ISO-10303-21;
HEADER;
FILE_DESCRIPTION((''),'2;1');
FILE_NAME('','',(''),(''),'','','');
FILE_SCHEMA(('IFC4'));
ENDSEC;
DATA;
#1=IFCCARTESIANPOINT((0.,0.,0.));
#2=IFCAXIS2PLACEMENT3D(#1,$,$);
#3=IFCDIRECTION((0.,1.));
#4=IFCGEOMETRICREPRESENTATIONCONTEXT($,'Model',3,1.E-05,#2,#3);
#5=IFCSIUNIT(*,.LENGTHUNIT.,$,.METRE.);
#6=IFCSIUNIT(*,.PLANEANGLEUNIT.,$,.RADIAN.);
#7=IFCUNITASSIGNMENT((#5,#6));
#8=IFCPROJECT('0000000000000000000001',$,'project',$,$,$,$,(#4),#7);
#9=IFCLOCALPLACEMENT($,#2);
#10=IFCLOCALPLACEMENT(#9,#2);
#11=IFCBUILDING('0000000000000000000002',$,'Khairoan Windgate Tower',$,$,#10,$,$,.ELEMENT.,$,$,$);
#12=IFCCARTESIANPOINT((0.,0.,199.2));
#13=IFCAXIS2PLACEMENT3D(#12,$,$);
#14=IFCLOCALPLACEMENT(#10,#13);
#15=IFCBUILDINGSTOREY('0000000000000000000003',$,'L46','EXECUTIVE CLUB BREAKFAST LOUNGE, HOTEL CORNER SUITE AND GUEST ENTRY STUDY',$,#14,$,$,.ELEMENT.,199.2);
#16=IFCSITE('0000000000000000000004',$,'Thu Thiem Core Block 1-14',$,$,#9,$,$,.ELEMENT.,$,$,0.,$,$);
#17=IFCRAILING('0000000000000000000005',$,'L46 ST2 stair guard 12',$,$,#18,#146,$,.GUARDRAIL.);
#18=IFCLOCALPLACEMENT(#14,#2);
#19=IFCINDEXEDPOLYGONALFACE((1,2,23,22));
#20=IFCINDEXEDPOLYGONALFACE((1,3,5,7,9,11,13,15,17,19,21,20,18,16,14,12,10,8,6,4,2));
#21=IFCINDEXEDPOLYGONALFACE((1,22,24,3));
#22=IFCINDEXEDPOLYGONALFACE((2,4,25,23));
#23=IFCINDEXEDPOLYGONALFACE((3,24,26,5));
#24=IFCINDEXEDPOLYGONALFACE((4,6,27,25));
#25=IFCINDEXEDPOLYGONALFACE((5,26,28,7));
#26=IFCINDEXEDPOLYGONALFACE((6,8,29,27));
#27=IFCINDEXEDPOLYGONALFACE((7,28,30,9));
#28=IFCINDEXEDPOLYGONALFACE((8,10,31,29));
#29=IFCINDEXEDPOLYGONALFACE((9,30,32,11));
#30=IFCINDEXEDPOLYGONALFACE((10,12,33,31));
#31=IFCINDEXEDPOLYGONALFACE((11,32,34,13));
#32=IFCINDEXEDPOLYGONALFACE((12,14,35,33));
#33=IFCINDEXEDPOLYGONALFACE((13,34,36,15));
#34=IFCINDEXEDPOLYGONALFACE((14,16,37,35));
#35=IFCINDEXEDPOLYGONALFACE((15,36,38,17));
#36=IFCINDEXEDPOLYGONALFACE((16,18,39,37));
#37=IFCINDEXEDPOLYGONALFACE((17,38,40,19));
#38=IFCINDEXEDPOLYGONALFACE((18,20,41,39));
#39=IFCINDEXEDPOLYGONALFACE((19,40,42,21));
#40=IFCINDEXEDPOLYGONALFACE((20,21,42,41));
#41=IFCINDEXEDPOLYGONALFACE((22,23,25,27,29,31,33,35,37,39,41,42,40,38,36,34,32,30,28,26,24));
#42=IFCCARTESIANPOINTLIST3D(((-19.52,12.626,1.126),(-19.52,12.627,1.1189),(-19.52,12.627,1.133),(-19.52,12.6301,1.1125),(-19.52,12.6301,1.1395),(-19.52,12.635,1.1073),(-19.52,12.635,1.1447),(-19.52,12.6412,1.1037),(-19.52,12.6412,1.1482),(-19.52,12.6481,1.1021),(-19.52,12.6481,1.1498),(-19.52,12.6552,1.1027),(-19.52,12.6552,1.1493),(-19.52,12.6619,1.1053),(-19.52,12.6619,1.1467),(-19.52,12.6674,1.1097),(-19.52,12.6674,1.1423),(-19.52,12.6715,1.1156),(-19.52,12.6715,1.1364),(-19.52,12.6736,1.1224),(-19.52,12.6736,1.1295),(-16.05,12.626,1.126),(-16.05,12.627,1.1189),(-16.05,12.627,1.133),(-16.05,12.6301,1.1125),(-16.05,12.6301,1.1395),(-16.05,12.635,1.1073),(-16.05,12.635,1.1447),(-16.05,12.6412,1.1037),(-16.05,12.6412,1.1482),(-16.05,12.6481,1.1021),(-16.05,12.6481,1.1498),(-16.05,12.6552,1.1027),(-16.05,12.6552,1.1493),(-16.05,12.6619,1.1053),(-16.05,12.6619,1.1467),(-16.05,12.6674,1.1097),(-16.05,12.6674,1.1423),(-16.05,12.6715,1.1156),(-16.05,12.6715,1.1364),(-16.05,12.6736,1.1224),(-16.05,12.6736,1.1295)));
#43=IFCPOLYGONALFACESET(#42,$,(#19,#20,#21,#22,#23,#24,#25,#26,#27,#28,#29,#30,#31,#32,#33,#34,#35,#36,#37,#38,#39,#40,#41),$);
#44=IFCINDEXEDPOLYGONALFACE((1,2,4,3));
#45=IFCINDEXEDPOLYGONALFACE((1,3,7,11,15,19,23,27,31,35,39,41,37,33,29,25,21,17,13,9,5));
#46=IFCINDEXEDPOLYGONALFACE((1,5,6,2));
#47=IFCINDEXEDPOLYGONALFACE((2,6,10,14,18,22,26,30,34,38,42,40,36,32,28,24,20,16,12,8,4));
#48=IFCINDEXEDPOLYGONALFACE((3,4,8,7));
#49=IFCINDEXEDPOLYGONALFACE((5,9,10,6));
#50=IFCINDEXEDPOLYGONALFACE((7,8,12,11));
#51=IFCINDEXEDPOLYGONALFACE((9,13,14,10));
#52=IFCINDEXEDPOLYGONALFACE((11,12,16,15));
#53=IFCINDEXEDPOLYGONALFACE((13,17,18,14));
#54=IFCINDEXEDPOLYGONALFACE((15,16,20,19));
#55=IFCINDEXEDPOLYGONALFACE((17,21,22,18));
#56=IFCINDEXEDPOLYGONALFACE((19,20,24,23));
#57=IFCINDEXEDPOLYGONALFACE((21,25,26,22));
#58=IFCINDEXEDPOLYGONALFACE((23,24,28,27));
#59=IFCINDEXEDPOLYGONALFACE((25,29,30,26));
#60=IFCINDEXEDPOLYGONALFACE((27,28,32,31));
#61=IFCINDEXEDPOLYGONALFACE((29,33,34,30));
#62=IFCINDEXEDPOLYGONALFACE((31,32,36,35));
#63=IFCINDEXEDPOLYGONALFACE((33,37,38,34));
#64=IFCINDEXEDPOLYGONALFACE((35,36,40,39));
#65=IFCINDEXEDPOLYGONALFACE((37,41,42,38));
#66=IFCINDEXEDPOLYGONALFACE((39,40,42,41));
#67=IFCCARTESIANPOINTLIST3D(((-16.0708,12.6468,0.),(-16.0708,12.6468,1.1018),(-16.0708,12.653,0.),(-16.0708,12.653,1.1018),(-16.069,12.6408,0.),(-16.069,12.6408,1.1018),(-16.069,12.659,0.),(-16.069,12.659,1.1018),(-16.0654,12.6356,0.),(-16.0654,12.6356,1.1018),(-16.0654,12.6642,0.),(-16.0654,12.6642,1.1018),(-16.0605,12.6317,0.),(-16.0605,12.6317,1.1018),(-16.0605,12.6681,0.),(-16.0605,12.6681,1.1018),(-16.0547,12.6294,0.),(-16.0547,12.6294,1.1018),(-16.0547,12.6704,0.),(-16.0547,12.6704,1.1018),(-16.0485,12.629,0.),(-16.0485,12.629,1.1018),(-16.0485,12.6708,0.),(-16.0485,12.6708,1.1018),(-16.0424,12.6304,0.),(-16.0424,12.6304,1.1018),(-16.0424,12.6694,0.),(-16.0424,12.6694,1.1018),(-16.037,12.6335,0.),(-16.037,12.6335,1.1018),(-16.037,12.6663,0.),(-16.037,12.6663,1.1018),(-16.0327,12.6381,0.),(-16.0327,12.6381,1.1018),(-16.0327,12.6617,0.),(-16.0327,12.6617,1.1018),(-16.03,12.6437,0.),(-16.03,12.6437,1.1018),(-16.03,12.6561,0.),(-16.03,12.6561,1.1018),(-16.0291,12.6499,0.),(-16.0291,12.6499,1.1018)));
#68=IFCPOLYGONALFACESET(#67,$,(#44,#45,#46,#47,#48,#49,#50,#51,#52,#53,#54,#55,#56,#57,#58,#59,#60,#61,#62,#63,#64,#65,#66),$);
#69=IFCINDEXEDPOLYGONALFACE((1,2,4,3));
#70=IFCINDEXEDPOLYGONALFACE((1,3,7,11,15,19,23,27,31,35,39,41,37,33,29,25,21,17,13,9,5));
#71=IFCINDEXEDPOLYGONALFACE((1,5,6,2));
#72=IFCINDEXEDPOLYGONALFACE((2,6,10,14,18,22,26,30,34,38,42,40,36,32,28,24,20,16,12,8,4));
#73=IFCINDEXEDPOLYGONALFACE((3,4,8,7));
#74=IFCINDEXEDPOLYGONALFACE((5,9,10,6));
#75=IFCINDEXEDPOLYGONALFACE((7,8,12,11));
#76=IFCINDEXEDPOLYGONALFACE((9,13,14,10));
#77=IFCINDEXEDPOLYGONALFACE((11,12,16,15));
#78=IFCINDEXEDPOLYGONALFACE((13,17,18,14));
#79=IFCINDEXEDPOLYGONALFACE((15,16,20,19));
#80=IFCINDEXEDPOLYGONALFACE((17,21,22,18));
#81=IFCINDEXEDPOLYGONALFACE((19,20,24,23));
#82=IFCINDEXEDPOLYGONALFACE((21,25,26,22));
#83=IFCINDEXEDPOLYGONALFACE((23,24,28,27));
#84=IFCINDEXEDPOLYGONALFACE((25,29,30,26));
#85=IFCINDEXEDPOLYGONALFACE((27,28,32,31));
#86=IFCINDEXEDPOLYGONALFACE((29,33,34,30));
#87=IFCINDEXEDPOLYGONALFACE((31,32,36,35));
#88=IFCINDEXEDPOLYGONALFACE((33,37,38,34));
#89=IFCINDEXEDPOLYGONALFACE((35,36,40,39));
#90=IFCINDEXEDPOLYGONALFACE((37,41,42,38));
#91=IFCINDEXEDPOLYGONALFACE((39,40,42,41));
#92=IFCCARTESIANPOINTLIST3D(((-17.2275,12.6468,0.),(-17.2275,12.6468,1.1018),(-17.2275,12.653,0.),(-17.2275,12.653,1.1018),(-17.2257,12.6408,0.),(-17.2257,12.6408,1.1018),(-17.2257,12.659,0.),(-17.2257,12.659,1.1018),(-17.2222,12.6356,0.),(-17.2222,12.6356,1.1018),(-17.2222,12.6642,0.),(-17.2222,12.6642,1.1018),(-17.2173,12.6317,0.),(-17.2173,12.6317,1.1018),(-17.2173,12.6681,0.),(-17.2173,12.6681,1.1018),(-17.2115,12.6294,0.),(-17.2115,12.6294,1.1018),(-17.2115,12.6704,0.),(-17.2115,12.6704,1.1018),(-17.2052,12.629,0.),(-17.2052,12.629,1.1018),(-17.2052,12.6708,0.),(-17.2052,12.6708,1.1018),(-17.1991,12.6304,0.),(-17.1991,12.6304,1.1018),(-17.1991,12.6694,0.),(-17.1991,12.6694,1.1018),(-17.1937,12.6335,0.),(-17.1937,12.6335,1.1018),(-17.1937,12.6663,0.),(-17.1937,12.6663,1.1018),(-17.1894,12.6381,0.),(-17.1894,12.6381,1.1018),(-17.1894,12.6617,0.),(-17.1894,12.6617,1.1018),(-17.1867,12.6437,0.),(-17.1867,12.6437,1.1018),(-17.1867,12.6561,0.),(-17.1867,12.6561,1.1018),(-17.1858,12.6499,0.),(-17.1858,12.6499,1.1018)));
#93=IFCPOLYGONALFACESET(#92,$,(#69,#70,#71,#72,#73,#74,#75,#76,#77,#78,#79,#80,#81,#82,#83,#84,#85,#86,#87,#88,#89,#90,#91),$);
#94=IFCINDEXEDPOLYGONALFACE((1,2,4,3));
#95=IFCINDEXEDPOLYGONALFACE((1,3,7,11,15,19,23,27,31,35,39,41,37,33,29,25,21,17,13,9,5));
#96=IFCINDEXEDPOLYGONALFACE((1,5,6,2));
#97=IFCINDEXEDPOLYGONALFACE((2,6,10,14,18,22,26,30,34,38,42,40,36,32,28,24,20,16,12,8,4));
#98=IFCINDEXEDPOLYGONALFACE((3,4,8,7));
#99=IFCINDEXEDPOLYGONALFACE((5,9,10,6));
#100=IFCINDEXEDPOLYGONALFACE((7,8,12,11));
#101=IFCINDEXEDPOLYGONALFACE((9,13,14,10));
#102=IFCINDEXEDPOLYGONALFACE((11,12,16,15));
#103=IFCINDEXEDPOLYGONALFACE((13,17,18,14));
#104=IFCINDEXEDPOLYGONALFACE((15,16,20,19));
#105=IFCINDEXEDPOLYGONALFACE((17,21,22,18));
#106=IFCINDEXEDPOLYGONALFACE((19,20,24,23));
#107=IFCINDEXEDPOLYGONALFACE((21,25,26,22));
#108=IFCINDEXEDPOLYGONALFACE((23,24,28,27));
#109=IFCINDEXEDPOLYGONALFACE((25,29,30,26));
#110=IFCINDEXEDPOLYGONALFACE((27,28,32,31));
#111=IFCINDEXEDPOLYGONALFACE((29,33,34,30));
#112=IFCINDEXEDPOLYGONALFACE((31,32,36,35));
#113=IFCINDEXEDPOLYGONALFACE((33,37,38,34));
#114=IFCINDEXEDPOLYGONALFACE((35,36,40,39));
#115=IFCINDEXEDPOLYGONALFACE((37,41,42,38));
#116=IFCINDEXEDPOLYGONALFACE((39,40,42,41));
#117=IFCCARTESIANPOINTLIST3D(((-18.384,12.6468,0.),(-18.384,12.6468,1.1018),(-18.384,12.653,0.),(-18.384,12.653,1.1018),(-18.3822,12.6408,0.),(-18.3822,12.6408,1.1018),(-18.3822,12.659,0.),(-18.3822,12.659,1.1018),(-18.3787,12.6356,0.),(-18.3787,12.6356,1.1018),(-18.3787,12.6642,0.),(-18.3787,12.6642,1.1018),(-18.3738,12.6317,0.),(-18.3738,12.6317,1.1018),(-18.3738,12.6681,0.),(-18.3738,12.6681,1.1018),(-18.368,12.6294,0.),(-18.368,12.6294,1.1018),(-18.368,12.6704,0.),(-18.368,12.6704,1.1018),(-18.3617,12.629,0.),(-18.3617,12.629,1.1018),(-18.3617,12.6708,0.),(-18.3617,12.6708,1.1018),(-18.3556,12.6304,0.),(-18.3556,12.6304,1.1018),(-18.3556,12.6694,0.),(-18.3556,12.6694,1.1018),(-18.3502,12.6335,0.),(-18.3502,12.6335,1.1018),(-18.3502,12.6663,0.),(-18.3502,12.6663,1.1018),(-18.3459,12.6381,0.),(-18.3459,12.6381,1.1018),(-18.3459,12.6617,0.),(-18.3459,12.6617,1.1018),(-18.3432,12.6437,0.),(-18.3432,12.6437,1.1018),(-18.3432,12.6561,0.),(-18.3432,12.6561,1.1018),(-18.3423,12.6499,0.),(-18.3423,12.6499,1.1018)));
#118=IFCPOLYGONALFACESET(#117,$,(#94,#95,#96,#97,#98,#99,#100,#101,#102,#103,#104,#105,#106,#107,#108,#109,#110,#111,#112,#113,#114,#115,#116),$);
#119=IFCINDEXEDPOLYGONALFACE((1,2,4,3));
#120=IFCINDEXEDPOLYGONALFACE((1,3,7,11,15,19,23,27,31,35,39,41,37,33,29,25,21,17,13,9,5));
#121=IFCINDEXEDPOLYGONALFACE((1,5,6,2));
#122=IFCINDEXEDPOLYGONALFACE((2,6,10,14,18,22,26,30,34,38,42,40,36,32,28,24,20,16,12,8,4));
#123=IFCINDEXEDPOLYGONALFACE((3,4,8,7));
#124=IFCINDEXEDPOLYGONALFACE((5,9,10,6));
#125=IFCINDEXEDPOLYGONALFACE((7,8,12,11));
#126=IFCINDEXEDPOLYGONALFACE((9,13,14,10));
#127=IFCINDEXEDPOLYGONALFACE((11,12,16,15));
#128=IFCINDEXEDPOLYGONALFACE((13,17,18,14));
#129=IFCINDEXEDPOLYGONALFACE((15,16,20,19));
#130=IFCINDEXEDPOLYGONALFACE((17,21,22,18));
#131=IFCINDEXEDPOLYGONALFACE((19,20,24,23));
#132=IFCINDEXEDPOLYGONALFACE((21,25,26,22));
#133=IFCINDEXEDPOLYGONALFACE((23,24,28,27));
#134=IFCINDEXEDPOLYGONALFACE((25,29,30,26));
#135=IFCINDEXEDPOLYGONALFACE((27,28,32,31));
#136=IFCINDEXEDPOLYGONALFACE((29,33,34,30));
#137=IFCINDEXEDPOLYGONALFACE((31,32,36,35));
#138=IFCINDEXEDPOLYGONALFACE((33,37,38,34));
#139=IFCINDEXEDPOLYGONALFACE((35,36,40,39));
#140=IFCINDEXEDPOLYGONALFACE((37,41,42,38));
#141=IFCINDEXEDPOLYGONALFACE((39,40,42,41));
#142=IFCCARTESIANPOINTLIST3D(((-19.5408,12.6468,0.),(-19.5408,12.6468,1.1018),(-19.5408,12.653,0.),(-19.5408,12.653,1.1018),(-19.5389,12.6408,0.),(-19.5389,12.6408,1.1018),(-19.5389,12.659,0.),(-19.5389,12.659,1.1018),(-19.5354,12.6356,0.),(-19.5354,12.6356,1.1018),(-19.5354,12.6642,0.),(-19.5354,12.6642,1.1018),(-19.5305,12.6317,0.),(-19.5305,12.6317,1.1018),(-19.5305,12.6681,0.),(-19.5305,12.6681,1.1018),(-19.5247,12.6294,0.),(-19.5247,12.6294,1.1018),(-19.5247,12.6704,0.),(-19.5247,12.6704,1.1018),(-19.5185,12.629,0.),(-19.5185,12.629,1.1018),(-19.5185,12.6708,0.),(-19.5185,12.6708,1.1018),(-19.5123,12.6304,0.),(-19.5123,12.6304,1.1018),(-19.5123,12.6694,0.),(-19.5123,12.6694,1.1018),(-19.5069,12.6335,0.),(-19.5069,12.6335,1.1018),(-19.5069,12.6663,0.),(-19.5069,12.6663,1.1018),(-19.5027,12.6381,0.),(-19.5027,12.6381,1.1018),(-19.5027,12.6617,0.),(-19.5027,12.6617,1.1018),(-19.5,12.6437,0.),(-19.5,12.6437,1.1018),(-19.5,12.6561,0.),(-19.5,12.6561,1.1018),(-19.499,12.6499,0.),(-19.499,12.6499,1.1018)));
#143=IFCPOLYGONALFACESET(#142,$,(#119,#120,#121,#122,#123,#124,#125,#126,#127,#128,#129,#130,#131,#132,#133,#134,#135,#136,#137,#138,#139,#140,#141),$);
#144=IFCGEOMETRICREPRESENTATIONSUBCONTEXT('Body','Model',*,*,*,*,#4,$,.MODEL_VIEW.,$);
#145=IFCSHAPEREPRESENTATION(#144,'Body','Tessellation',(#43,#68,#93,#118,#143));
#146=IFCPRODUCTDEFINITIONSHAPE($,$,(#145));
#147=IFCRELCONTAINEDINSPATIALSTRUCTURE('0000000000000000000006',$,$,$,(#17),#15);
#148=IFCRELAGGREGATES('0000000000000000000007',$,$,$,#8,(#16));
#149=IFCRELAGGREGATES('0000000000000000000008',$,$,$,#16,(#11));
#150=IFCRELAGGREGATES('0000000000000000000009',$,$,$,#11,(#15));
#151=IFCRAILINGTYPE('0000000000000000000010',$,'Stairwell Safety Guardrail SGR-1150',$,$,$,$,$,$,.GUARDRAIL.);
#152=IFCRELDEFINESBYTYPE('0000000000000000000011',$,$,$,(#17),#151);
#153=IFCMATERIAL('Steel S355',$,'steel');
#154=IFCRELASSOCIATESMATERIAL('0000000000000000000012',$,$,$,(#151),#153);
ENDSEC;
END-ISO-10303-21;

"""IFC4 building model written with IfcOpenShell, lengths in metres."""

from ifc_helpers import new_model, si_unit, direction, frame, origin, origin_2d, place, context, subcontext, project, spatial, circle, extrude, material, type_object, element, save


model = new_model("IFC4")

# Units and contexts
model_context = context("Model", 3, precision=1e-05, world=origin(), true_north=direction((0.0, 1.0)))
body_context = subcontext(model_context, "Body", "Model", "MODEL_VIEW")
ifc_project = project(units=[si_unit("LENGTHUNIT", "METRE"), si_unit("PLANEANGLEUNIT", "RADIAN")], contexts=[model_context])

# Site, building, storey
site_placement = place(None, origin())
site = spatial("IfcSite", under=ifc_project, at=site_placement, Name="Thu Thiem Core Block 1-14", CompositionType="ELEMENT", RefElevation=0.0)
building_placement = place(site_placement, origin())
building = spatial("IfcBuilding", under=site, at=building_placement, Name="Khairoan Windgate Tower", CompositionType="ELEMENT")
storey_placement = place(building_placement, frame((0.0, 0.0, 199.2)))
storey = spatial("IfcBuildingStorey", under=building, at=storey_placement, Name="L46", Description="EXECUTIVE CLUB BREAKFAST LOUNGE, HOTEL CORNER SUITE AND GUEST ENTRY STUDY", CompositionType="ELEMENT", Elevation=199.2)

# Railing
ifc_material_1 = material(Name="Steel S355", Category="steel")
railing_type = type_object("IfcRailingType", Name="Stairwell Safety Guardrail SGR-1150", PredefinedType="GUARDRAIL", material=ifc_material_1)
railing_1_placement = place(storey_placement, frame((-16.05, 12.6499, 0.0)))
element("IfcRailing", 1, at=railing_1_placement, inside=storey, type_object=railing_type, Name="L46 ST2 stair guard 12", PredefinedType="GUARDRAIL", context=body_context, shape_type="SweptSolid", body=[
    extrude(circle(Radius=0.0239, at=origin_2d()), frame((0.0, 0.0, 1.126), z_axis=(-1.0, 0.0, 0.0), x_axis=(0.0, -1.0, 0.0)), (0.0, 0.0, 1.0), 3.47),
    extrude(circle(Radius=0.021, at=origin_2d()), origin(), (0.0, 0.0, 1.0), 1.1018),
    extrude(circle(Radius=0.021, at=origin_2d()), frame((-1.1567, 0.0, 0.0)), (0.0, 0.0, 1.0), 1.1018),
    extrude(circle(Radius=0.021, at=origin_2d()), frame((-2.3132, 0.0, 0.0)), (0.0, 0.0, 1.0), 1.1018),
    extrude(circle(Radius=0.021, at=origin_2d()), frame((-3.47, 0.0, 0.0)), (0.0, 0.0, 1.0), 1.1018),
])

save(model, "model.ifc")
